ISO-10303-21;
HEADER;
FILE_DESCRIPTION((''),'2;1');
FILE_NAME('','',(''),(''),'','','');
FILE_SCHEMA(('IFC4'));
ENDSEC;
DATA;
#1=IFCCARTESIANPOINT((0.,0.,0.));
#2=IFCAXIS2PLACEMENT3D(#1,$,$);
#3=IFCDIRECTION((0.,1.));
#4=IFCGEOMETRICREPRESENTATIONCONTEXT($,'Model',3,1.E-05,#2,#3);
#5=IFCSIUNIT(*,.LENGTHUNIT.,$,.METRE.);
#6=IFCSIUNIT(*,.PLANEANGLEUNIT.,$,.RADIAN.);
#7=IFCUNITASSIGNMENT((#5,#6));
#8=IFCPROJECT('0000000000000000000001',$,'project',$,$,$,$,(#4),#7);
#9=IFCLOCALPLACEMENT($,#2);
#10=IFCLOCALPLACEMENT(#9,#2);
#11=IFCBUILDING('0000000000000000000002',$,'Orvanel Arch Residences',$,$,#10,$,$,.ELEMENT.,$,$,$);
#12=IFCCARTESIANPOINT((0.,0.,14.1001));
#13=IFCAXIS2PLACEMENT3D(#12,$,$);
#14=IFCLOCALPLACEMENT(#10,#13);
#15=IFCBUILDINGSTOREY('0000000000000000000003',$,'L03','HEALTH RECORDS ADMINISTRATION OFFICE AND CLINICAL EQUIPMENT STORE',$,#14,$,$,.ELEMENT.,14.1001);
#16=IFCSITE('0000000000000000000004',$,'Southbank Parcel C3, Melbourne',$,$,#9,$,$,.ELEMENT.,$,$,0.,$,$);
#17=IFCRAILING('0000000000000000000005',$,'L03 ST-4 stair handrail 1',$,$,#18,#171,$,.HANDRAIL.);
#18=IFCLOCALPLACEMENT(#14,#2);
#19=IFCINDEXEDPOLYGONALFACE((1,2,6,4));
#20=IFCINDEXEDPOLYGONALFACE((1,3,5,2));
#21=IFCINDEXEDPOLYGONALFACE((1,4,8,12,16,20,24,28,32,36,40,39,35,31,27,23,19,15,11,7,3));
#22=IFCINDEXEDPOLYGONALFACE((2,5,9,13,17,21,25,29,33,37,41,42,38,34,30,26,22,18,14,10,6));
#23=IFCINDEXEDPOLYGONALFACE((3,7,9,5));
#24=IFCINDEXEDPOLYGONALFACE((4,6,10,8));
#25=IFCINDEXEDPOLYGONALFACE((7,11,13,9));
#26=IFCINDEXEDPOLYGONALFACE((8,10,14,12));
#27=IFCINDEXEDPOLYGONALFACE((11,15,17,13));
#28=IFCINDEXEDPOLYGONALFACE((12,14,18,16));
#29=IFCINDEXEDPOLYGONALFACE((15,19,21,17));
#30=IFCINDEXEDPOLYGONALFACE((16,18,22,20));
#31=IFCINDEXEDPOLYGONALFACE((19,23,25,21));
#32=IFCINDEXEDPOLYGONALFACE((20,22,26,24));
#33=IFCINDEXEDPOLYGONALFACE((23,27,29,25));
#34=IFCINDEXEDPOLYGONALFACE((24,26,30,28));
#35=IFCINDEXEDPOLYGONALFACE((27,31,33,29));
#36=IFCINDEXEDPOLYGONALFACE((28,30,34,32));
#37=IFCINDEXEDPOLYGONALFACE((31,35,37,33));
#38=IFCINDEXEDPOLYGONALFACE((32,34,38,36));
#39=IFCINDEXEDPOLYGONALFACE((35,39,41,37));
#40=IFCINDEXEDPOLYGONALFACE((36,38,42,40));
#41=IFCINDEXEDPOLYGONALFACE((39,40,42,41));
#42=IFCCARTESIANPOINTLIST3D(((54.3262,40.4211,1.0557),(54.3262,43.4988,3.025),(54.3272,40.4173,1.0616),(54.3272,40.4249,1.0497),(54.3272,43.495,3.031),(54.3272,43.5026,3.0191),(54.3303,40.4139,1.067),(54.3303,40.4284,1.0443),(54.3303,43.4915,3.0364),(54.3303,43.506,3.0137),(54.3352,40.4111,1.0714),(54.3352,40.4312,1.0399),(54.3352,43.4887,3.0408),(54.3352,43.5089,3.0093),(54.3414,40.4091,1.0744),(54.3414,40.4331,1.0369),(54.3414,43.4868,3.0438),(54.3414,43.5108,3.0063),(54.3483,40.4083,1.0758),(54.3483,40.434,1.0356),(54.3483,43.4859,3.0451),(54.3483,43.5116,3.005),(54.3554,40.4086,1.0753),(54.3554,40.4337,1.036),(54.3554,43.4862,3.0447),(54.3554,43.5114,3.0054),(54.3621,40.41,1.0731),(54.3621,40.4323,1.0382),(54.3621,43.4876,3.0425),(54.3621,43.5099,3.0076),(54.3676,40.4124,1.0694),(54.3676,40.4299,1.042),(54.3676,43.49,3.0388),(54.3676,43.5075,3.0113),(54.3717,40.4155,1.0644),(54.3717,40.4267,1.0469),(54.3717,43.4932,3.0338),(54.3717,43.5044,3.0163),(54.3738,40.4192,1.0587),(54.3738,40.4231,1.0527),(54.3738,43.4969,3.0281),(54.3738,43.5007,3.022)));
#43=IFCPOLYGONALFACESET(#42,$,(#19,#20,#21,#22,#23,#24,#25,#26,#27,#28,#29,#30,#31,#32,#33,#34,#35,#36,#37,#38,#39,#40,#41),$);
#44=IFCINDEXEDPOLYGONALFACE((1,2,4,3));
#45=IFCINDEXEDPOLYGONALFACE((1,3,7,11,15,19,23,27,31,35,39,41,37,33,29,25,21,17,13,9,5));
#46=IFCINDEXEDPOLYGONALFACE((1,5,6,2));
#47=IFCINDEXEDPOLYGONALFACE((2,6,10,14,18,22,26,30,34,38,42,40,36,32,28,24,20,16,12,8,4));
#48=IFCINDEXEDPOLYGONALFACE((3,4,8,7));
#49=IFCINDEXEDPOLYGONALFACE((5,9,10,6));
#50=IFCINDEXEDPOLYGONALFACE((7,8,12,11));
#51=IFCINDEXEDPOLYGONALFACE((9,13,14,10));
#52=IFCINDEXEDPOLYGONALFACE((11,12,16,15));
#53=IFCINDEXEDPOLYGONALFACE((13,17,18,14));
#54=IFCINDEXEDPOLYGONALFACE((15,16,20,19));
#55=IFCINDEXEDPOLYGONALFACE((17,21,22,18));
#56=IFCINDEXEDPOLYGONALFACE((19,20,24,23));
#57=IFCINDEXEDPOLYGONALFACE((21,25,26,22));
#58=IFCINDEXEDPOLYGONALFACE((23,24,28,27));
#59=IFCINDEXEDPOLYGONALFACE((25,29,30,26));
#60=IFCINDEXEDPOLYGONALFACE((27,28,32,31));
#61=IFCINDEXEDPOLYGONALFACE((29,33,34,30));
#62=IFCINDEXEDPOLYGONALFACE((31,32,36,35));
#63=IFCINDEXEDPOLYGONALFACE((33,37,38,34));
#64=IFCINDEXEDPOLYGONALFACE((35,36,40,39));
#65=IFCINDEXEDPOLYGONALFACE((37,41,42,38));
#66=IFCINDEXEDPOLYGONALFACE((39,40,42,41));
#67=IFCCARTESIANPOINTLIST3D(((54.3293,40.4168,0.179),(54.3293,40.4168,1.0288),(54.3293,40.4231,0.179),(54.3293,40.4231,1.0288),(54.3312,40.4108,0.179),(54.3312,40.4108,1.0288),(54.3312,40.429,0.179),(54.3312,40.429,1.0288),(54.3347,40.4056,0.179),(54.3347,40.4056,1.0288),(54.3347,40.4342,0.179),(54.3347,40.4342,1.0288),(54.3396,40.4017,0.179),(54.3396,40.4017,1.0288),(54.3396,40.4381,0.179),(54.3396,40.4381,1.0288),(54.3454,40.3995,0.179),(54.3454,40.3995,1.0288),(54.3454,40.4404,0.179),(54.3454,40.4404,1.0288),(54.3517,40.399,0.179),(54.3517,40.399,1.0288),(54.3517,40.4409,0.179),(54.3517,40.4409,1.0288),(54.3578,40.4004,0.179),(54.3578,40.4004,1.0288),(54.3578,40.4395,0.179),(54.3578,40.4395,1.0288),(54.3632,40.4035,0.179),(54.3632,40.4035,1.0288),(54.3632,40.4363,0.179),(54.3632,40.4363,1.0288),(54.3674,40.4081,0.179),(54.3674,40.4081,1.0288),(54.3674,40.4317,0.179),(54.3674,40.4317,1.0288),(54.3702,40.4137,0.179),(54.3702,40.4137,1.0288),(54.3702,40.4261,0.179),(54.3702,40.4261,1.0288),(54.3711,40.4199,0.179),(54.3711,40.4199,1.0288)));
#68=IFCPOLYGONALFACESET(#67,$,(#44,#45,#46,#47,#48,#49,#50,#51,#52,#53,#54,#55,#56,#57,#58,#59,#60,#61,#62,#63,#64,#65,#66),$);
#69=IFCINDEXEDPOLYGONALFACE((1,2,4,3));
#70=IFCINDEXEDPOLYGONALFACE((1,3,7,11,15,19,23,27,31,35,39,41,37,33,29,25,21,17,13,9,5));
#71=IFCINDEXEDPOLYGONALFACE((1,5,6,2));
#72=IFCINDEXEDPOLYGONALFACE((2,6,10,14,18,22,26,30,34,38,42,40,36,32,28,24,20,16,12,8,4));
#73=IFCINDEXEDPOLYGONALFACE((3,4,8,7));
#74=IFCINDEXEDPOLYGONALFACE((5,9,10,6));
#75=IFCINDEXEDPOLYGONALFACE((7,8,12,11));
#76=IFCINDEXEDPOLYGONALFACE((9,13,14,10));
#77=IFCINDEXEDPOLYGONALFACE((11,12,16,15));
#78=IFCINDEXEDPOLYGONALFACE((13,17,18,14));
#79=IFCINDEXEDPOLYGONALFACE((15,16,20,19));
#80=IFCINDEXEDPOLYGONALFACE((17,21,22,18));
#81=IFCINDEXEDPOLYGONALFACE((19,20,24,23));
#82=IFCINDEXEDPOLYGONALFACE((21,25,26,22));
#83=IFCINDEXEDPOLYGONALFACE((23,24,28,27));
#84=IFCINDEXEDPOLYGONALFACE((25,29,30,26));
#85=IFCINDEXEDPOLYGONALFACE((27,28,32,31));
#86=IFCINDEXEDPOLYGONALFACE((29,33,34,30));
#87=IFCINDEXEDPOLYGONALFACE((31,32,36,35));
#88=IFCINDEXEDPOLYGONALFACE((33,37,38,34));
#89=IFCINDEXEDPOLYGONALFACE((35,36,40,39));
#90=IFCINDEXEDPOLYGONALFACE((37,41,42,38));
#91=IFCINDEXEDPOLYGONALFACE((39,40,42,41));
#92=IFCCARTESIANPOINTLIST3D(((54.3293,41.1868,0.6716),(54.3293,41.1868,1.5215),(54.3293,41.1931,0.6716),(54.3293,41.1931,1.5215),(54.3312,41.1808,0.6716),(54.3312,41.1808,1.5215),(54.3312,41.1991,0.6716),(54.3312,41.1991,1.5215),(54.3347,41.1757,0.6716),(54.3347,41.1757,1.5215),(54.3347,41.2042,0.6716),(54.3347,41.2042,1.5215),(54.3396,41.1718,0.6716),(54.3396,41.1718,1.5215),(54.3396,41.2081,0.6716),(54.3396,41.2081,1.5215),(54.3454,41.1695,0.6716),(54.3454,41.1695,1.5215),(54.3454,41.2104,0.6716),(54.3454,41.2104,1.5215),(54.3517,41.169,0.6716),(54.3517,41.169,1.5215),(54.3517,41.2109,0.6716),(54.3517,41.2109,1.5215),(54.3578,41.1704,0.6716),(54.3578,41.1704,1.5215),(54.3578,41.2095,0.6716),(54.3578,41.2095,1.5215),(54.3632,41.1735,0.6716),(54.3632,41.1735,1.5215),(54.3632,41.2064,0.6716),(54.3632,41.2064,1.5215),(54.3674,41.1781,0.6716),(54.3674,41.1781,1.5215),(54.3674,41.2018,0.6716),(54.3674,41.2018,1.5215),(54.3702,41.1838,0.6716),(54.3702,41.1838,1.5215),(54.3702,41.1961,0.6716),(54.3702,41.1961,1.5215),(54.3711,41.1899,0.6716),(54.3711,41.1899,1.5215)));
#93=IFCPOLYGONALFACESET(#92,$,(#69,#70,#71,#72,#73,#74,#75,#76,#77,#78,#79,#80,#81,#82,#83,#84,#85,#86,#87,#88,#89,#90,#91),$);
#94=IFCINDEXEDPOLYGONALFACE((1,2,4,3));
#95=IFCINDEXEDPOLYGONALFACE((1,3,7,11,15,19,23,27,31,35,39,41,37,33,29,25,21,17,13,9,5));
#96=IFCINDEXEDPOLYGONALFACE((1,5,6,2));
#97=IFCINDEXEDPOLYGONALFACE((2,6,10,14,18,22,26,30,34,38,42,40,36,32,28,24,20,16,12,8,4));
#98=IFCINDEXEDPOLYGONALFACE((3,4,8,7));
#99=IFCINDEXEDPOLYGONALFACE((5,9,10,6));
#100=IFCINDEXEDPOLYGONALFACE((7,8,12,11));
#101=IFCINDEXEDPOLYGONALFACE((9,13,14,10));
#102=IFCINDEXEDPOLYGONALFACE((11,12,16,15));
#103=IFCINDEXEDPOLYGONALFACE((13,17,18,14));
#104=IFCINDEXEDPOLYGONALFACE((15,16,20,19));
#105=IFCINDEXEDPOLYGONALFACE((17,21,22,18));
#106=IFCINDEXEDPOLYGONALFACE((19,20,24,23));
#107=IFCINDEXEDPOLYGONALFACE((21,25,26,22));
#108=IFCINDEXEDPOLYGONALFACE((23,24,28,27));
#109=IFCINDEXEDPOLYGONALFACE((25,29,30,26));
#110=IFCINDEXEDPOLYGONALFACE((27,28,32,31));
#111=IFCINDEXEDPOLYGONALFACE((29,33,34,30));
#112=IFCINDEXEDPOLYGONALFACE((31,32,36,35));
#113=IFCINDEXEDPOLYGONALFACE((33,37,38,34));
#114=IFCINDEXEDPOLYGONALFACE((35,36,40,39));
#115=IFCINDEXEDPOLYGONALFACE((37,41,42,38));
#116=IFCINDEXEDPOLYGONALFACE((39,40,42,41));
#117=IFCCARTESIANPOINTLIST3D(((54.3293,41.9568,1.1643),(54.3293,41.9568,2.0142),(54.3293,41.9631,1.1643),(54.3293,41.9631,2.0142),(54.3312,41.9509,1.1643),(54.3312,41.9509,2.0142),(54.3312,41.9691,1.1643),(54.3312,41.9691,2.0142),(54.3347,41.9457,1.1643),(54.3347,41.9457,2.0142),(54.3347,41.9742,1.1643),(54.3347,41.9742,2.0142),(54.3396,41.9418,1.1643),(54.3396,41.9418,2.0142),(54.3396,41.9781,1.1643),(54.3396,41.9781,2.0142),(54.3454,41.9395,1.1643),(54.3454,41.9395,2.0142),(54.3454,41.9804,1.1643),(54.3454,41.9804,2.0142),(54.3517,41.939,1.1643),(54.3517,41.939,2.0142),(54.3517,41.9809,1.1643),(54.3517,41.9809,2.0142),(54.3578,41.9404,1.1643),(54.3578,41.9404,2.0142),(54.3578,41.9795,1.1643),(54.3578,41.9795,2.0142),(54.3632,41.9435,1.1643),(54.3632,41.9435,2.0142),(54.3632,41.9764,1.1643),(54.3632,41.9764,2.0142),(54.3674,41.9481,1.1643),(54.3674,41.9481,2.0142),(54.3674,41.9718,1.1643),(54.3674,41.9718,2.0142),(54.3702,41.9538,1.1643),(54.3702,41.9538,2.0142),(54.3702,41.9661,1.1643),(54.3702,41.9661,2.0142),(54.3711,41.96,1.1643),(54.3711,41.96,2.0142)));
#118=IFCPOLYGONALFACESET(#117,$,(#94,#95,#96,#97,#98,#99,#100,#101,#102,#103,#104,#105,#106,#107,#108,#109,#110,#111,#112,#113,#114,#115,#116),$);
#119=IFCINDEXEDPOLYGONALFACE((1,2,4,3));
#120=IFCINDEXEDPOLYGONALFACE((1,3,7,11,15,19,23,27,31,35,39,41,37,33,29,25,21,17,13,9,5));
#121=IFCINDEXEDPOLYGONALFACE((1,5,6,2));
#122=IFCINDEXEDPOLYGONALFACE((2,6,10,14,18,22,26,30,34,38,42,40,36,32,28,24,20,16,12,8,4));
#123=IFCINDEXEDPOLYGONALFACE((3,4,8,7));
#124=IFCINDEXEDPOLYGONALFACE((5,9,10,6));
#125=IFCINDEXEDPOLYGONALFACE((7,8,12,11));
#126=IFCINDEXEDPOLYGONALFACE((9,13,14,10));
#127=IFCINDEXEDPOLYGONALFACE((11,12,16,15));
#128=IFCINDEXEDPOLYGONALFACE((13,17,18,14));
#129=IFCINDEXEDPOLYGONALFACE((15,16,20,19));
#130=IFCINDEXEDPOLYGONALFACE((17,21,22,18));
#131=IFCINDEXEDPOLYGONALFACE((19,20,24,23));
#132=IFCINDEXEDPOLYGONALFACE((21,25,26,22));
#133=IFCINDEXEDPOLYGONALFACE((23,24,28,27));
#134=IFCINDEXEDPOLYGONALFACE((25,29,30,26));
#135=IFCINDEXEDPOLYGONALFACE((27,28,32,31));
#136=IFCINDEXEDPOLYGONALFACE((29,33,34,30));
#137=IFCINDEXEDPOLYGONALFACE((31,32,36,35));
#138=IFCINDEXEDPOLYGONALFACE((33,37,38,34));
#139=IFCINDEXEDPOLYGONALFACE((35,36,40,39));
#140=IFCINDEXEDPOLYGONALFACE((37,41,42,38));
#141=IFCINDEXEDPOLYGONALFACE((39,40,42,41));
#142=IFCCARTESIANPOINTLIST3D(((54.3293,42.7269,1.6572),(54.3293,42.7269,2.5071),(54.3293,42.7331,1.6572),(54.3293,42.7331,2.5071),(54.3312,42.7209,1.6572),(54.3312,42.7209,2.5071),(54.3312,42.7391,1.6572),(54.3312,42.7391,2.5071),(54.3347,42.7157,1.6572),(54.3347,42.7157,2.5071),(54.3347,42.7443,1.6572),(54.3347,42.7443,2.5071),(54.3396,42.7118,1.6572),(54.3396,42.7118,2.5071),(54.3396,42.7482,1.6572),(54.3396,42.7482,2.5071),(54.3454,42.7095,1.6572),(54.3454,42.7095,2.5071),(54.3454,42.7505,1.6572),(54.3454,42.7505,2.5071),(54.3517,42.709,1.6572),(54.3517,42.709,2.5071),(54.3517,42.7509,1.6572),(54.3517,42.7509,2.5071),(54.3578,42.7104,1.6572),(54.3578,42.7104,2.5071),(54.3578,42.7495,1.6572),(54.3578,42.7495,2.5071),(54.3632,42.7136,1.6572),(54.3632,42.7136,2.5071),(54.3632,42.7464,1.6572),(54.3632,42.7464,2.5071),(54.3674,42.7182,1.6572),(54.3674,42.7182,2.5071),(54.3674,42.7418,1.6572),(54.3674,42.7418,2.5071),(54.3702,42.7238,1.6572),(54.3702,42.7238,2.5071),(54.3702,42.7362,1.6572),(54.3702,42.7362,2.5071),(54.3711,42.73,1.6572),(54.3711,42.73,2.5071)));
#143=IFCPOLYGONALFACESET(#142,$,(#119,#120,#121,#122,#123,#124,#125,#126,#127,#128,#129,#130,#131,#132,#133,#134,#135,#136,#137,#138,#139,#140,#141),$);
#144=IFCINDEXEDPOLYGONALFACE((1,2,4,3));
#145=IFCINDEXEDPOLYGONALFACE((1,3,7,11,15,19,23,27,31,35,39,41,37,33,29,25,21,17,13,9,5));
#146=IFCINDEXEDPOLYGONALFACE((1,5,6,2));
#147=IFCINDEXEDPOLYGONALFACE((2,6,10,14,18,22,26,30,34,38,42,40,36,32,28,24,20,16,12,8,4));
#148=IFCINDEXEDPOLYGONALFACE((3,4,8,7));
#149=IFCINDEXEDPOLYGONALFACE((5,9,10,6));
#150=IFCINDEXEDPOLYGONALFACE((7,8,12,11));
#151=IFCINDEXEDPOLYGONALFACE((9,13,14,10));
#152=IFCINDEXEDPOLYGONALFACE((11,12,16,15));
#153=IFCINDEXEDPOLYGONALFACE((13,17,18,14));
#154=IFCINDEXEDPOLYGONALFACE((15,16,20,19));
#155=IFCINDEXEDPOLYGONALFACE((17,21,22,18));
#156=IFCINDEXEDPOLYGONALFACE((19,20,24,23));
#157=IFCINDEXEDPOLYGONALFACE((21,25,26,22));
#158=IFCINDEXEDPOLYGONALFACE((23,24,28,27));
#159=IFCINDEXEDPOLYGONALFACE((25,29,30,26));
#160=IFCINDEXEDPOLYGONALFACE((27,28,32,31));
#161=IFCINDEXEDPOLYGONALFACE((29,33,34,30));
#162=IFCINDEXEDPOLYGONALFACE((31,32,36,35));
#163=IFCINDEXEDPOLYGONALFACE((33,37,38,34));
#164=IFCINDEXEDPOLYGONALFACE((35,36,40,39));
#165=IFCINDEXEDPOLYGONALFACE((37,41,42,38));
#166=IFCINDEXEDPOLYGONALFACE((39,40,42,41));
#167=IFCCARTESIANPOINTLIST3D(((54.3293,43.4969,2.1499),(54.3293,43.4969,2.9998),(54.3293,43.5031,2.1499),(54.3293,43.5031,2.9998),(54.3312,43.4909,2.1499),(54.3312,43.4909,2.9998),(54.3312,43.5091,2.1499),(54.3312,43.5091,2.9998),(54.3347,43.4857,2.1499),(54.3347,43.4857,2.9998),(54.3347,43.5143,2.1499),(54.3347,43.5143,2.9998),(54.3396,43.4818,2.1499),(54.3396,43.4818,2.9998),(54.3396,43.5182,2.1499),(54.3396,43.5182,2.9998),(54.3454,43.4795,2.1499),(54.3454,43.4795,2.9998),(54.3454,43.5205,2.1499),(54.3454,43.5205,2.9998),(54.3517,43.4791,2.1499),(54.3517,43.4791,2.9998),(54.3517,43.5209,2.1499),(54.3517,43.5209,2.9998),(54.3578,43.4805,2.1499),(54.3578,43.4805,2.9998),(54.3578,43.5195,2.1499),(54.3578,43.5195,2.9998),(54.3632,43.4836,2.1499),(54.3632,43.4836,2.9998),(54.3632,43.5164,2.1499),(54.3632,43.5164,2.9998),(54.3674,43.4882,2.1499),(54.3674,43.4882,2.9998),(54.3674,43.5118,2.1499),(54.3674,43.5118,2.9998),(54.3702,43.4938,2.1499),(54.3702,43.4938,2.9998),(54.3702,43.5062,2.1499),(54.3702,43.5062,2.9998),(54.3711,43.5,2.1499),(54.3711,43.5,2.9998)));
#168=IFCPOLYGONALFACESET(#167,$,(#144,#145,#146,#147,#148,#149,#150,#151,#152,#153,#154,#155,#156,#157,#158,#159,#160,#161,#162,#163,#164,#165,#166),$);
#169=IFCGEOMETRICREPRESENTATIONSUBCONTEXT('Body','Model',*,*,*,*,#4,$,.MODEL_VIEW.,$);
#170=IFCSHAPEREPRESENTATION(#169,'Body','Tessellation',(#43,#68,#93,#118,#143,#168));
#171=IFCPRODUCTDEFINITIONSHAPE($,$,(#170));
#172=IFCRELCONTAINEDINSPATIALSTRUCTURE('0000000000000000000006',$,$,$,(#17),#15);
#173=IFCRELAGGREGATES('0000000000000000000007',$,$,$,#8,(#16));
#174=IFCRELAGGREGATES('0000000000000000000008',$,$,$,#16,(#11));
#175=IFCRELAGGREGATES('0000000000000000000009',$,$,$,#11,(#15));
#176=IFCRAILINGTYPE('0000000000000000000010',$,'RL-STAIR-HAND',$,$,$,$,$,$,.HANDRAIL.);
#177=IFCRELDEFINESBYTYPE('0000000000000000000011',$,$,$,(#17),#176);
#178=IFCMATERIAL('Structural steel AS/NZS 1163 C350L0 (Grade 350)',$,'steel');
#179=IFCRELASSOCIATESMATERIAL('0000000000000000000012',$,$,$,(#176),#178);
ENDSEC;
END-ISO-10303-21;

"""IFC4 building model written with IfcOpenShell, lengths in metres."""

from ifc_helpers import new_model, si_unit, direction, frame, origin, origin_2d, place, context, subcontext, project, spatial, circle, extrude, material, type_object, element, save


model = new_model("IFC4")

# Units and contexts
model_context = context("Model", 3, precision=1e-05, world=origin(), true_north=direction((0.0, 1.0)))
body_context = subcontext(model_context, "Body", "Model", "MODEL_VIEW")
ifc_project = project(units=[si_unit("LENGTHUNIT", "METRE"), si_unit("PLANEANGLEUNIT", "RADIAN")], contexts=[model_context])

# Site, building, storey
site_placement = place(None, origin())
site = spatial("IfcSite", under=ifc_project, at=site_placement, Name="Southbank Parcel C3, Melbourne", CompositionType="ELEMENT", RefElevation=0.0)
building_placement = place(site_placement, origin())
building = spatial("IfcBuilding", under=site, at=building_placement, Name="Orvanel Arch Residences", CompositionType="ELEMENT")
storey_placement = place(building_placement, frame((0.0, 0.0, 14.1001)))
storey = spatial("IfcBuildingStorey", under=building, at=storey_placement, Name="L03", Description="HEALTH RECORDS ADMINISTRATION OFFICE AND CLINICAL EQUIPMENT STORE", CompositionType="ELEMENT", Elevation=14.1001)

# Railing
ifc_material_1 = material(Name="Structural steel AS/NZS 1163 C350L0 (Grade 350)", Category="steel")
railing_type_1 = type_object("IfcRailingType", Name="RL-STAIR-HAND", PredefinedType="HANDRAIL", material=ifc_material_1)
railing_1_placement = place(storey_placement, frame((54.3501, 40.4199, 0.179)))
element("IfcRailing", 1, at=railing_1_placement, inside=storey, type_object=railing_type_1, Name="L03 ST-4 stair handrail 1", PredefinedType="HANDRAIL", context=body_context, shape_type="SweptSolid", body=[
    extrude(circle(Radius=0.0239, at=origin_2d()), frame((0.0, 0.0012, 0.8767), z_axis=(0.0, 0.842309, 0.538995), x_axis=(-1.0, 0.0, 0.0)), (0.0, 0.0, 1.0), 3.6538),
    extrude(circle(Radius=0.021, at=origin_2d()), origin(), (0.0, 0.0, 1.0), 0.8499),
    extrude(circle(Radius=0.021, at=origin_2d()), frame((0.0, 0.77, 0.4927)), (0.0, 0.0, 1.0), 0.8499),
    extrude(circle(Radius=0.021, at=origin_2d()), frame((0.0, 1.54, 0.9854)), (0.0, 0.0, 1.0), 0.8499),
    extrude(circle(Radius=0.021, at=origin_2d()), frame((0.0, 2.3101, 1.4783)), (0.0, 0.0, 1.0), 0.8499),
    extrude(circle(Radius=0.021, at=origin_2d()), frame((0.0, 3.0801, 1.9709)), (0.0, 0.0, 1.0), 0.8499),
])

save(model, "model.ifc")
